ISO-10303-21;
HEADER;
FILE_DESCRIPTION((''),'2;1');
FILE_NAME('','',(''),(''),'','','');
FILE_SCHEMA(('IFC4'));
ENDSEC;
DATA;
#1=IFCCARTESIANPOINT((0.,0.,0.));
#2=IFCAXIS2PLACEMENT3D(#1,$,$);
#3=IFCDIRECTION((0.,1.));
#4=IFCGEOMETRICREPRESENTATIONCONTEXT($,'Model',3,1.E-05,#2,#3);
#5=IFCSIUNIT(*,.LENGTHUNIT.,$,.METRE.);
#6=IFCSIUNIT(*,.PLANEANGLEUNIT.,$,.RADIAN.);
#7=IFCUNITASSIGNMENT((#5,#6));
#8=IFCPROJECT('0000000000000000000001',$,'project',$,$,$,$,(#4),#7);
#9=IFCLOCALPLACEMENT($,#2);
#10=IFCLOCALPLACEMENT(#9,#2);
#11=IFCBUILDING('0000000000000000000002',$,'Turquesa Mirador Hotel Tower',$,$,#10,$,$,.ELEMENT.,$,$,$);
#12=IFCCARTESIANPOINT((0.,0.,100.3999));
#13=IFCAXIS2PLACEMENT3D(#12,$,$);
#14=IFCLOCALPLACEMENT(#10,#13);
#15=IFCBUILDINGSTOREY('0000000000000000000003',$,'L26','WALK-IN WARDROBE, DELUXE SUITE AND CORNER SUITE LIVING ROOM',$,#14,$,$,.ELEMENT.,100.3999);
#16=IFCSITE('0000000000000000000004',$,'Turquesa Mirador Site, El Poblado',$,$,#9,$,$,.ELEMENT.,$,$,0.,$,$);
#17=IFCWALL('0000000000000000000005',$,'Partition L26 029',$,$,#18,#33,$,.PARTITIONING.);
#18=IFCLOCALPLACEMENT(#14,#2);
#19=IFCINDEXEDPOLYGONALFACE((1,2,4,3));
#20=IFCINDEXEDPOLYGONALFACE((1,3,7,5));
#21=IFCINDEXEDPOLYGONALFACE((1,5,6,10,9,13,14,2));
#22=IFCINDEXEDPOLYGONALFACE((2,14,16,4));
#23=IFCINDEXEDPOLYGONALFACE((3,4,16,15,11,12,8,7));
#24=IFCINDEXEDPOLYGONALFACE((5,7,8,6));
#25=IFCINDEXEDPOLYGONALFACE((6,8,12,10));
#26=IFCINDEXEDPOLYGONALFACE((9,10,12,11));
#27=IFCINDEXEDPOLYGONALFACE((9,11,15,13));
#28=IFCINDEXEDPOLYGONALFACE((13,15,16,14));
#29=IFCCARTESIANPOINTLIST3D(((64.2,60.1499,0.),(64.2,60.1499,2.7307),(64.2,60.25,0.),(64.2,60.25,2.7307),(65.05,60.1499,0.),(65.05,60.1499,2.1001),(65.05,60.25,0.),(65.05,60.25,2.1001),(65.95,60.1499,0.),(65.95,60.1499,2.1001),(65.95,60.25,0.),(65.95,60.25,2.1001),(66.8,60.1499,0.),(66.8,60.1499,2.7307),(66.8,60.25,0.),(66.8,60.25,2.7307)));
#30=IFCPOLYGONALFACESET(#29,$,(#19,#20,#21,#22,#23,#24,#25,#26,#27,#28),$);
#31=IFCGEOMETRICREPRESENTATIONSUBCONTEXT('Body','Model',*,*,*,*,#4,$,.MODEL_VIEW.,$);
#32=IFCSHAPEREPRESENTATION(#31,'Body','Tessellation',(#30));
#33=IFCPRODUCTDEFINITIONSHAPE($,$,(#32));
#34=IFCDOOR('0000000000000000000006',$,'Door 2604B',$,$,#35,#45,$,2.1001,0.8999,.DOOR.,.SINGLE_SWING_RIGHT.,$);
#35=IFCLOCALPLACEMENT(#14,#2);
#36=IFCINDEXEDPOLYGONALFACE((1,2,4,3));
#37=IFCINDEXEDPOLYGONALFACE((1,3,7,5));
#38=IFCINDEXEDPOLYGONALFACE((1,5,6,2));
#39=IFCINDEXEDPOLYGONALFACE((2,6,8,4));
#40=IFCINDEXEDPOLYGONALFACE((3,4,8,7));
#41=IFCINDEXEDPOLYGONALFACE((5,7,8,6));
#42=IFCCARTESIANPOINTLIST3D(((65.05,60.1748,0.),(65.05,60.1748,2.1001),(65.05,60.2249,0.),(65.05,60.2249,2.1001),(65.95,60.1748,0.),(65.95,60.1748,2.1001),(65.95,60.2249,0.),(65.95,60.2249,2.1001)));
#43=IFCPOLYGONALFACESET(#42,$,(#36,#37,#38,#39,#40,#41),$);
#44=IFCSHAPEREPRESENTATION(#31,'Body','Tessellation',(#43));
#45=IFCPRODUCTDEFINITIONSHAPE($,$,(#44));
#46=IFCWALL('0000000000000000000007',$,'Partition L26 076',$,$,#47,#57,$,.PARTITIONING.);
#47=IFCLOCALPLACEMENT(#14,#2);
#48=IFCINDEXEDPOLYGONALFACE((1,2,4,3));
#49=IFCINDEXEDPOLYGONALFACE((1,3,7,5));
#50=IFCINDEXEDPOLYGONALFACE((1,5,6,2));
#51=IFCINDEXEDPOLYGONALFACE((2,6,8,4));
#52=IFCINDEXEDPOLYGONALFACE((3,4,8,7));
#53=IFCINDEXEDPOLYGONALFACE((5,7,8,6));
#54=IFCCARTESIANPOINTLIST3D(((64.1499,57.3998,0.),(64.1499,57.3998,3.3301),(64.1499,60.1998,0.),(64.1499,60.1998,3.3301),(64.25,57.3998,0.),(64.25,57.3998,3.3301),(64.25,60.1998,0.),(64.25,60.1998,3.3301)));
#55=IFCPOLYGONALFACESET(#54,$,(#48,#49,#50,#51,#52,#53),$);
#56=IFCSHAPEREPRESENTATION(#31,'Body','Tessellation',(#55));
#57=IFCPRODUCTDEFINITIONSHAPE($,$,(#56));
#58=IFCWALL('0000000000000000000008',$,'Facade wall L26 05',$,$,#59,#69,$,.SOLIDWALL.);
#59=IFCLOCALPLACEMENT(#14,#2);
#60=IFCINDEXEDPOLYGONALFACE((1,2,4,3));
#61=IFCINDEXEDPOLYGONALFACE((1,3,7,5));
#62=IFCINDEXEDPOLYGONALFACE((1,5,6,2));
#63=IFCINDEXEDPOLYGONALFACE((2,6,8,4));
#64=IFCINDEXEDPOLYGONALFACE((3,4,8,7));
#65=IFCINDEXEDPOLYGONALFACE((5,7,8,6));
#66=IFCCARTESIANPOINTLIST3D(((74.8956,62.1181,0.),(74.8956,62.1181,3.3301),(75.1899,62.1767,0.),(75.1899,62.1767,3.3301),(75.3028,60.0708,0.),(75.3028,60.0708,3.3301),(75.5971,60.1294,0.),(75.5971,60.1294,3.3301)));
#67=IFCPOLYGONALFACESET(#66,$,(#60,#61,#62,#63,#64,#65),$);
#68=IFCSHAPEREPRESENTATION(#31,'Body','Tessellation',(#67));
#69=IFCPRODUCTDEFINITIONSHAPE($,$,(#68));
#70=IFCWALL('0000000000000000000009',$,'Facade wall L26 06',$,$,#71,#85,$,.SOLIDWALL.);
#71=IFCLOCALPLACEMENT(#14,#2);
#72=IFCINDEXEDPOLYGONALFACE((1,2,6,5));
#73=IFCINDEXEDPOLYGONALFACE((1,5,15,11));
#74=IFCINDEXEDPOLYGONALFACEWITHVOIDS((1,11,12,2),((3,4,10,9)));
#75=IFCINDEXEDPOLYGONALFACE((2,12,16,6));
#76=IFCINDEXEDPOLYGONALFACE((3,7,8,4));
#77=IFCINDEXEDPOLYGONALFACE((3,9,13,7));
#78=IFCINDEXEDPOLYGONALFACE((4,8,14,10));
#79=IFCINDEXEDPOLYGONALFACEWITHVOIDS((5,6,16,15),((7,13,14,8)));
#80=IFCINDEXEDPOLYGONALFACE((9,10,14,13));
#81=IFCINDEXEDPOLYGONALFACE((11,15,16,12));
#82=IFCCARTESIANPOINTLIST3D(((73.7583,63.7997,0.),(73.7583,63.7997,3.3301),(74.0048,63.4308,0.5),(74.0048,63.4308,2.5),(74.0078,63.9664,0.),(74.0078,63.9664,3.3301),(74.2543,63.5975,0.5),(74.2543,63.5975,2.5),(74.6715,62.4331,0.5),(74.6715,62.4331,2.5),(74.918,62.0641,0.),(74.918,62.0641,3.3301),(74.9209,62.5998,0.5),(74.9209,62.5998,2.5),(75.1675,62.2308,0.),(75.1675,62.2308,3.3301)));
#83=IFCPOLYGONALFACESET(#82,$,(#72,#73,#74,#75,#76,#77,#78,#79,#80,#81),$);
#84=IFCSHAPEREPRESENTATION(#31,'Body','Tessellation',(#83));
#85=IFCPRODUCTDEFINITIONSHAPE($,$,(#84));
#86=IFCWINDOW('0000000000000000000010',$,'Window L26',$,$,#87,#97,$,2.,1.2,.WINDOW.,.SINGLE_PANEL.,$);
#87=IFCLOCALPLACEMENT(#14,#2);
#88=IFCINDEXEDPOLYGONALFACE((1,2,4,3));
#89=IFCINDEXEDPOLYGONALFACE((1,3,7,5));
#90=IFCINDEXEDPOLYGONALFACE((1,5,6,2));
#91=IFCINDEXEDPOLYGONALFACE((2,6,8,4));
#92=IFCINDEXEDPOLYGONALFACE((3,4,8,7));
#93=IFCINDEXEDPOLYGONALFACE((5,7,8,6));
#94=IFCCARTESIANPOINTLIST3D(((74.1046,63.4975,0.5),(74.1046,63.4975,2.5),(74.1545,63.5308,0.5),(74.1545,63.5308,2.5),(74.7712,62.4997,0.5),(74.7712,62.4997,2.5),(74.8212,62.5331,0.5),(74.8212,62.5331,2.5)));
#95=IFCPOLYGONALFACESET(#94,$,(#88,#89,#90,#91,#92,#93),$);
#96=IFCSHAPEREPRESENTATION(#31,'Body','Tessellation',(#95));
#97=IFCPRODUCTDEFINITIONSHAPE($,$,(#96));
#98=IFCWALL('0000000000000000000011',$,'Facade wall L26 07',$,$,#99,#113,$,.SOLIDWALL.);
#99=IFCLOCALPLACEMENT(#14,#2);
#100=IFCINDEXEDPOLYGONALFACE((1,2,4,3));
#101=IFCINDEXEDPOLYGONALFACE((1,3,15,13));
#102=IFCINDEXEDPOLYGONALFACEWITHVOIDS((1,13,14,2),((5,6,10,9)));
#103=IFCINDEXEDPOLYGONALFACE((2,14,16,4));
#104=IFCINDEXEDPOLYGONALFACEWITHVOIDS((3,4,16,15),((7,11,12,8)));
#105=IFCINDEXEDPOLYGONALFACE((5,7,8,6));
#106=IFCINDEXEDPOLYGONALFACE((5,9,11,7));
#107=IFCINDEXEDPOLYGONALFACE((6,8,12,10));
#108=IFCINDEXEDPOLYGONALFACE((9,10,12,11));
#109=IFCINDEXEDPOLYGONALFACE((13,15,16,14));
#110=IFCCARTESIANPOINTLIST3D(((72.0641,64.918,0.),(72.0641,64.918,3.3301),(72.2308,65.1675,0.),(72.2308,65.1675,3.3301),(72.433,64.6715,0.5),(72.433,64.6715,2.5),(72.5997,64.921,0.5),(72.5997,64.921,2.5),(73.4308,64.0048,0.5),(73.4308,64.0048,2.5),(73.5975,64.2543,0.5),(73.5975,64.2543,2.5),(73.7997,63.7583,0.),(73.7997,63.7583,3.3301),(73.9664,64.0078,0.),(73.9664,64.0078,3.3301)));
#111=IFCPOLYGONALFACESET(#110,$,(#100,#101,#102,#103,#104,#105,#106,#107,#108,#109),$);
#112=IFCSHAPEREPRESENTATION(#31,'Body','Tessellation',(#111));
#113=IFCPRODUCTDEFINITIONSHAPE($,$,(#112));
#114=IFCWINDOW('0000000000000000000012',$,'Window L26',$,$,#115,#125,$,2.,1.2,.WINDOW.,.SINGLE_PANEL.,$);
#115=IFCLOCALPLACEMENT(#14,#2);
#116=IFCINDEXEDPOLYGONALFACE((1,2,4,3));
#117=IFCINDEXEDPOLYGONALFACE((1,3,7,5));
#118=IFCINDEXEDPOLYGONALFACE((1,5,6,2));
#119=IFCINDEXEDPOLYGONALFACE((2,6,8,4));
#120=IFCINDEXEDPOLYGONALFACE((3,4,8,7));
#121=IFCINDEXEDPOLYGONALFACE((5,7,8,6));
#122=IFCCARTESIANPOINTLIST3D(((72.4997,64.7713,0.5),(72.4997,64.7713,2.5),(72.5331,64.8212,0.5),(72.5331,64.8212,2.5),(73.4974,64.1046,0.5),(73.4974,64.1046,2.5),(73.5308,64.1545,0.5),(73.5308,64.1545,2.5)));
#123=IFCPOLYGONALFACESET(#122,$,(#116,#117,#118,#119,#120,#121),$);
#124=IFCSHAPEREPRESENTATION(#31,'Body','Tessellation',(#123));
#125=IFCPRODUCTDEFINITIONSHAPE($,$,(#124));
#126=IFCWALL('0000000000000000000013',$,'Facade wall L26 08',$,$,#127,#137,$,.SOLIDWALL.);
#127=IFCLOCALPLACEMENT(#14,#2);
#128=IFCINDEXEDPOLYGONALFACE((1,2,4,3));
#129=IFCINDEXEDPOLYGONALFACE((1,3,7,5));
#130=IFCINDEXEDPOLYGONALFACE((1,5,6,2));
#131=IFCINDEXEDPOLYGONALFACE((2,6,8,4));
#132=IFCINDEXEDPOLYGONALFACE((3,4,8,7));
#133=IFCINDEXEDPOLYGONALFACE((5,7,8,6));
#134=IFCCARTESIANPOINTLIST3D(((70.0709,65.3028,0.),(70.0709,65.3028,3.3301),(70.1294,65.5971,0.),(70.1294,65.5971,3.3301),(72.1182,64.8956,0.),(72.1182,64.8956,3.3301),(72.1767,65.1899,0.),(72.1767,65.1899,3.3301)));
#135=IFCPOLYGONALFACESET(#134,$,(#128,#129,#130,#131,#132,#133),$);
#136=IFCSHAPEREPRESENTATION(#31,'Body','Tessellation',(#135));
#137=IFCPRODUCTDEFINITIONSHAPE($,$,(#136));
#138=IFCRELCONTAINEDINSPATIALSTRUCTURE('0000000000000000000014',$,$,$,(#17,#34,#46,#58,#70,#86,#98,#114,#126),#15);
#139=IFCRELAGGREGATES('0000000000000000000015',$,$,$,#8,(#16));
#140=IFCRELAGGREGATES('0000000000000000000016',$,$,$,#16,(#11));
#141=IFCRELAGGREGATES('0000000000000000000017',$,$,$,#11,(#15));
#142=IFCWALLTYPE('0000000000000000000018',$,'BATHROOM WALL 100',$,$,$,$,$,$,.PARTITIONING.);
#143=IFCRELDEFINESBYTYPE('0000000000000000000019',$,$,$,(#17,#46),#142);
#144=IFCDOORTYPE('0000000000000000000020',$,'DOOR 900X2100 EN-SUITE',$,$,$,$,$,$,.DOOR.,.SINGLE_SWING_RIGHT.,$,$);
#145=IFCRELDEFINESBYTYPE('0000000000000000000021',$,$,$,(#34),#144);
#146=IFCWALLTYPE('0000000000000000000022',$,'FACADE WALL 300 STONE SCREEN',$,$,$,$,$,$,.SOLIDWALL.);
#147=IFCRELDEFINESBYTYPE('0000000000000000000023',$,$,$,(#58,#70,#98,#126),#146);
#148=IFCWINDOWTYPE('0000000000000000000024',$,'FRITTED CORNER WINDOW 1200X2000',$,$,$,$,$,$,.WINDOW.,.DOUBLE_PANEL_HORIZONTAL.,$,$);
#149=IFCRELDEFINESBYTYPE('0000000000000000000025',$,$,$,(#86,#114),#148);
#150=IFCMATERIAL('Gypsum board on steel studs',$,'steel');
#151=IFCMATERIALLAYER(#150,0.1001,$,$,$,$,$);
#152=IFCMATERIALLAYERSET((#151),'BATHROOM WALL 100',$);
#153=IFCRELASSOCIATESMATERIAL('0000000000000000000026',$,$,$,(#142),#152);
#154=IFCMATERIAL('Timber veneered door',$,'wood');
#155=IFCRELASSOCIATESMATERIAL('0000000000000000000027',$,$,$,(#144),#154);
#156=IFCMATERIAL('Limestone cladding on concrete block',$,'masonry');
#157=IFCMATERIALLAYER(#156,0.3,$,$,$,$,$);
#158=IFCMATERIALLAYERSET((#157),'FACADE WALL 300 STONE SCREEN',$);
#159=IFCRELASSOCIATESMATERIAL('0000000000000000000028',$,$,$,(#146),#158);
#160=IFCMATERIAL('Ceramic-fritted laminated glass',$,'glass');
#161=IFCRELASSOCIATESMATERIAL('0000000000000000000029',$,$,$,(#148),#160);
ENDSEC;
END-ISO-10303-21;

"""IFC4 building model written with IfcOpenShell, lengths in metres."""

from ifc_helpers import new_model, si_unit, direction, frame, frame_2d, origin, place, context, subcontext, project, spatial, rectangle, extrude, material, layer, layer_set, type_object, element, fill, save


model = new_model("IFC4")

# Units and contexts
model_context = context("Model", 3, precision=1e-05, world=origin(), true_north=direction((0.0, 1.0)))
body_context = subcontext(model_context, "Body", "Model", "MODEL_VIEW")
ifc_project = project(units=[si_unit("LENGTHUNIT", "METRE"), si_unit("PLANEANGLEUNIT", "RADIAN")], contexts=[model_context])

# Site, building, storey
site_placement = place(None, origin())
site = spatial("IfcSite", under=ifc_project, at=site_placement, Name="Turquesa Mirador Site, El Poblado", CompositionType="ELEMENT", RefElevation=0.0)
building_placement = place(site_placement, origin())
building = spatial("IfcBuilding", under=site, at=building_placement, Name="Turquesa Mirador Hotel Tower", CompositionType="ELEMENT")
storey_placement = place(building_placement, frame((0.0, 0.0, 100.3999)))
storey = spatial("IfcBuildingStorey", under=building, at=storey_placement, Name="L26", Description="WALK-IN WARDROBE, DELUXE SUITE AND CORNER SUITE LIVING ROOM", CompositionType="ELEMENT", Elevation=100.3999)

# Wall, opening, door
ifc_material_1 = material(Name="Gypsum board on steel studs", Category="steel")
ifc_layer_1 = layer(ifc_material_1, 0.1001)
ifc_layer_set_1 = layer_set([ifc_layer_1], Name="BATHROOM WALL 100")
wall_type_1 = type_object("IfcWallType", Name="BATHROOM WALL 100", PredefinedType="PARTITIONING", material=ifc_layer_set_1)
wall_1_placement = place(storey_placement, frame((64.2, 60.2, 0.0), z_axis=(0.0, 0.0, 1.0), x_axis=(1.0, 0.0, 0.0)))
wall_1 = element("IfcWall", 1, at=wall_1_placement, inside=storey, type_object=wall_type_1, Name="Partition L26 029", PredefinedType="PARTITIONING", context=body_context, shape_type="SweptSolid", body=[
    extrude(rectangle(XDim=2.6001, YDim=0.1001, at=frame_2d((1.3, 0.0))), origin(), (0.0, 0.0, 1.0), 2.7307),
])
opening_1_placement = place(wall_1_placement, frame((0.8501, 0.0, 0.0)))
opening_1 = element("IfcOpeningElement", 2, at=opening_1_placement, cuts=wall_1, PredefinedType="OPENING", context=body_context, shape_type="SweptSolid", body=[
    extrude(rectangle(XDim=0.8999, YDim=2.1001, at=frame_2d((0.45, 1.05))), frame((0.0, 0.0601, 0.0), z_axis=(0.0, -1.0, 0.0), x_axis=(1.0, 0.0, 0.0)), (0.0, 0.0, 1.0), 0.1201),
])
ifc_material_2 = material(Name="Timber veneered door", Category="wood")
door_type = type_object("IfcDoorType", Name="DOOR 900X2100 EN-SUITE", OperationType="SINGLE_SWING_RIGHT", PredefinedType="DOOR", material=ifc_material_2)
door_placement = place(opening_1_placement, origin())
door = element("IfcDoor", 3, at=door_placement, inside=storey, type_object=door_type, Name="Door 2604B", OperationType="SINGLE_SWING_RIGHT", OverallHeight=2.1001, OverallWidth=0.8999, PredefinedType="DOOR", context=body_context, shape_type="SweptSolid", body=[
    extrude(rectangle(XDim=0.8999, YDim=2.1001, at=frame_2d((0.45, 1.05))), frame((0.0, 0.0249, 0.0), z_axis=(0.0, -1.0, 0.0), x_axis=(1.0, 0.0, 0.0)), (0.0, 0.0, 1.0), 0.05),
])
fill(opening_1, door)

# Walls
wall_2_placement = place(storey_placement, frame((64.2, 57.3999, 0.0), z_axis=(0.0, 0.0, 1.0), x_axis=(0.0, 1.0, 0.0)))
element("IfcWall", 4, at=wall_2_placement, inside=storey, type_object=wall_type_1, Name="Partition L26 076", PredefinedType="PARTITIONING", context=body_context, shape_type="SweptSolid", body=[
    extrude(rectangle(XDim=2.8, YDim=0.1001, at=frame_2d((1.3999, 0.0))), origin(), (0.0, 0.0, 1.0), 3.3301),
])
ifc_material_3 = material(Name="Limestone cladding on concrete block", Category="masonry")
ifc_layer_2 = layer(ifc_material_3, 0.3)
ifc_layer_set_2 = layer_set([ifc_layer_2], Name="FACADE WALL 300 STONE SCREEN")
wall_type_2 = type_object("IfcWallType", Name="FACADE WALL 300 STONE SCREEN", PredefinedType="SOLIDWALL", material=ifc_layer_set_2)
wall_3_placement = place(storey_placement, frame((75.45, 60.1001, 0.0), z_axis=(0.0, 0.0, 1.0), x_axis=(-0.195081, 0.980787, 0.0)))
element("IfcWall", 5, at=wall_3_placement, inside=storey, type_object=wall_type_2, Name="Facade wall L26 05", PredefinedType="SOLIDWALL", context=body_context, shape_type="SweptSolid", body=[
    extrude(rectangle(XDim=2.0874, YDim=0.3, at=frame_2d((1.0437, 0.0))), origin(), (0.0, 0.0, 1.0), 3.3301),
])

# Walls, openings, windows
wall_4_placement = place(storey_placement, frame((75.0427, 62.1475, 0.0), z_axis=(0.0, 0.0, 1.0), x_axis=(-0.555564, 0.831474, 0.0)))
wall_4 = element("IfcWall", 6, at=wall_4_placement, inside=storey, type_object=wall_type_2, Name="Facade wall L26 06", PredefinedType="SOLIDWALL", context=body_context, shape_type="SweptSolid", body=[
    extrude(rectangle(XDim=2.0874, YDim=0.3, at=frame_2d((1.0437, 0.0))), origin(), (0.0, 0.0, 1.0), 3.3301),
])
opening_2_placement = place(wall_4_placement, frame((0.4436, 0.0, 0.5)))
opening_2 = element("IfcOpeningElement", 7, at=opening_2_placement, cuts=wall_4, PredefinedType="OPENING", context=body_context, shape_type="SweptSolid", body=[
    extrude(rectangle(XDim=1.2, YDim=2.0, at=frame_2d((0.6001, 1.0))), frame((0.0, 0.1599, 0.0), z_axis=(0.0, -1.0, 0.0), x_axis=(1.0, 0.0, 0.0)), (0.0, 0.0, 1.0), 0.3201),
])
ifc_material_4 = material(Name="Ceramic-fritted laminated glass", Category="glass")
window_type_1 = type_object("IfcWindowType", Name="FRITTED CORNER WINDOW 1200X2000", PartitioningType="DOUBLE_PANEL_HORIZONTAL", PredefinedType="WINDOW", material=ifc_material_4)
window_1_placement = place(opening_2_placement, origin())
window_1 = element("IfcWindow", 8, at=window_1_placement, inside=storey, type_object=window_type_1, Name="Window L26", OverallHeight=2.0, OverallWidth=1.2, PartitioningType="SINGLE_PANEL", PredefinedType="WINDOW", context=body_context, shape_type="SweptSolid", body=[
    extrude(rectangle(XDim=1.2, YDim=2.0, at=frame_2d((0.6001, 1.0))), frame((0.0, 0.03, 0.0), z_axis=(0.0, -1.0, 0.0), x_axis=(1.0, 0.0, 0.0)), (0.0, 0.0, 1.0), 0.0601),
])
fill(opening_2, window_1)
wall_5_placement = place(storey_placement, frame((73.8831, 63.8831, 0.0), z_axis=(0.0, 0.0, 1.0), x_axis=(-0.831474, 0.555564, 0.0)))
wall_5 = element("IfcWall", 9, at=wall_5_placement, inside=storey, type_object=wall_type_2, Name="Facade wall L26 07", PredefinedType="SOLIDWALL", context=body_context, shape_type="SweptSolid", body=[
    extrude(rectangle(XDim=2.0874, YDim=0.3, at=frame_2d((1.0437, 0.0))), origin(), (0.0, 0.0, 1.0), 3.3301),
])
opening_3_placement = place(wall_5_placement, frame((0.4436, 0.0, 0.5)))
opening_3 = element("IfcOpeningElement", 10, at=opening_3_placement, cuts=wall_5, PredefinedType="OPENING", context=body_context, shape_type="SweptSolid", body=[
    extrude(rectangle(XDim=1.2, YDim=2.0, at=frame_2d((0.6001, 1.0))), frame((0.0, 0.1599, 0.0), z_axis=(0.0, -1.0, 0.0), x_axis=(1.0, 0.0, 0.0)), (0.0, 0.0, 1.0), 0.3201),
])
window_2_placement = place(opening_3_placement, origin())
window_2 = element("IfcWindow", 11, at=window_2_placement, inside=storey, type_object=window_type_1, Name="Window L26", OverallHeight=2.0, OverallWidth=1.2, PartitioningType="SINGLE_PANEL", PredefinedType="WINDOW", context=body_context, shape_type="SweptSolid", body=[
    extrude(rectangle(XDim=1.2, YDim=2.0, at=frame_2d((0.6001, 1.0))), frame((0.0, 0.03, 0.0), z_axis=(0.0, -1.0, 0.0), x_axis=(1.0, 0.0, 0.0)), (0.0, 0.0, 1.0), 0.0601),
])
fill(opening_3, window_2)

# Wall
wall_6_placement = place(storey_placement, frame((72.1475, 65.0427, 0.0), z_axis=(0.0, 0.0, 1.0), x_axis=(-0.980787, 0.195081, 0.0)))
element("IfcWall", 12, at=wall_6_placement, inside=storey, type_object=wall_type_2, Name="Facade wall L26 08", PredefinedType="SOLIDWALL", context=body_context, shape_type="SweptSolid", body=[
    extrude(rectangle(XDim=2.0874, YDim=0.3, at=frame_2d((1.0437, 0.0))), origin(), (0.0, 0.0, 1.0), 3.3301),
])

save(model, "model.ifc")
